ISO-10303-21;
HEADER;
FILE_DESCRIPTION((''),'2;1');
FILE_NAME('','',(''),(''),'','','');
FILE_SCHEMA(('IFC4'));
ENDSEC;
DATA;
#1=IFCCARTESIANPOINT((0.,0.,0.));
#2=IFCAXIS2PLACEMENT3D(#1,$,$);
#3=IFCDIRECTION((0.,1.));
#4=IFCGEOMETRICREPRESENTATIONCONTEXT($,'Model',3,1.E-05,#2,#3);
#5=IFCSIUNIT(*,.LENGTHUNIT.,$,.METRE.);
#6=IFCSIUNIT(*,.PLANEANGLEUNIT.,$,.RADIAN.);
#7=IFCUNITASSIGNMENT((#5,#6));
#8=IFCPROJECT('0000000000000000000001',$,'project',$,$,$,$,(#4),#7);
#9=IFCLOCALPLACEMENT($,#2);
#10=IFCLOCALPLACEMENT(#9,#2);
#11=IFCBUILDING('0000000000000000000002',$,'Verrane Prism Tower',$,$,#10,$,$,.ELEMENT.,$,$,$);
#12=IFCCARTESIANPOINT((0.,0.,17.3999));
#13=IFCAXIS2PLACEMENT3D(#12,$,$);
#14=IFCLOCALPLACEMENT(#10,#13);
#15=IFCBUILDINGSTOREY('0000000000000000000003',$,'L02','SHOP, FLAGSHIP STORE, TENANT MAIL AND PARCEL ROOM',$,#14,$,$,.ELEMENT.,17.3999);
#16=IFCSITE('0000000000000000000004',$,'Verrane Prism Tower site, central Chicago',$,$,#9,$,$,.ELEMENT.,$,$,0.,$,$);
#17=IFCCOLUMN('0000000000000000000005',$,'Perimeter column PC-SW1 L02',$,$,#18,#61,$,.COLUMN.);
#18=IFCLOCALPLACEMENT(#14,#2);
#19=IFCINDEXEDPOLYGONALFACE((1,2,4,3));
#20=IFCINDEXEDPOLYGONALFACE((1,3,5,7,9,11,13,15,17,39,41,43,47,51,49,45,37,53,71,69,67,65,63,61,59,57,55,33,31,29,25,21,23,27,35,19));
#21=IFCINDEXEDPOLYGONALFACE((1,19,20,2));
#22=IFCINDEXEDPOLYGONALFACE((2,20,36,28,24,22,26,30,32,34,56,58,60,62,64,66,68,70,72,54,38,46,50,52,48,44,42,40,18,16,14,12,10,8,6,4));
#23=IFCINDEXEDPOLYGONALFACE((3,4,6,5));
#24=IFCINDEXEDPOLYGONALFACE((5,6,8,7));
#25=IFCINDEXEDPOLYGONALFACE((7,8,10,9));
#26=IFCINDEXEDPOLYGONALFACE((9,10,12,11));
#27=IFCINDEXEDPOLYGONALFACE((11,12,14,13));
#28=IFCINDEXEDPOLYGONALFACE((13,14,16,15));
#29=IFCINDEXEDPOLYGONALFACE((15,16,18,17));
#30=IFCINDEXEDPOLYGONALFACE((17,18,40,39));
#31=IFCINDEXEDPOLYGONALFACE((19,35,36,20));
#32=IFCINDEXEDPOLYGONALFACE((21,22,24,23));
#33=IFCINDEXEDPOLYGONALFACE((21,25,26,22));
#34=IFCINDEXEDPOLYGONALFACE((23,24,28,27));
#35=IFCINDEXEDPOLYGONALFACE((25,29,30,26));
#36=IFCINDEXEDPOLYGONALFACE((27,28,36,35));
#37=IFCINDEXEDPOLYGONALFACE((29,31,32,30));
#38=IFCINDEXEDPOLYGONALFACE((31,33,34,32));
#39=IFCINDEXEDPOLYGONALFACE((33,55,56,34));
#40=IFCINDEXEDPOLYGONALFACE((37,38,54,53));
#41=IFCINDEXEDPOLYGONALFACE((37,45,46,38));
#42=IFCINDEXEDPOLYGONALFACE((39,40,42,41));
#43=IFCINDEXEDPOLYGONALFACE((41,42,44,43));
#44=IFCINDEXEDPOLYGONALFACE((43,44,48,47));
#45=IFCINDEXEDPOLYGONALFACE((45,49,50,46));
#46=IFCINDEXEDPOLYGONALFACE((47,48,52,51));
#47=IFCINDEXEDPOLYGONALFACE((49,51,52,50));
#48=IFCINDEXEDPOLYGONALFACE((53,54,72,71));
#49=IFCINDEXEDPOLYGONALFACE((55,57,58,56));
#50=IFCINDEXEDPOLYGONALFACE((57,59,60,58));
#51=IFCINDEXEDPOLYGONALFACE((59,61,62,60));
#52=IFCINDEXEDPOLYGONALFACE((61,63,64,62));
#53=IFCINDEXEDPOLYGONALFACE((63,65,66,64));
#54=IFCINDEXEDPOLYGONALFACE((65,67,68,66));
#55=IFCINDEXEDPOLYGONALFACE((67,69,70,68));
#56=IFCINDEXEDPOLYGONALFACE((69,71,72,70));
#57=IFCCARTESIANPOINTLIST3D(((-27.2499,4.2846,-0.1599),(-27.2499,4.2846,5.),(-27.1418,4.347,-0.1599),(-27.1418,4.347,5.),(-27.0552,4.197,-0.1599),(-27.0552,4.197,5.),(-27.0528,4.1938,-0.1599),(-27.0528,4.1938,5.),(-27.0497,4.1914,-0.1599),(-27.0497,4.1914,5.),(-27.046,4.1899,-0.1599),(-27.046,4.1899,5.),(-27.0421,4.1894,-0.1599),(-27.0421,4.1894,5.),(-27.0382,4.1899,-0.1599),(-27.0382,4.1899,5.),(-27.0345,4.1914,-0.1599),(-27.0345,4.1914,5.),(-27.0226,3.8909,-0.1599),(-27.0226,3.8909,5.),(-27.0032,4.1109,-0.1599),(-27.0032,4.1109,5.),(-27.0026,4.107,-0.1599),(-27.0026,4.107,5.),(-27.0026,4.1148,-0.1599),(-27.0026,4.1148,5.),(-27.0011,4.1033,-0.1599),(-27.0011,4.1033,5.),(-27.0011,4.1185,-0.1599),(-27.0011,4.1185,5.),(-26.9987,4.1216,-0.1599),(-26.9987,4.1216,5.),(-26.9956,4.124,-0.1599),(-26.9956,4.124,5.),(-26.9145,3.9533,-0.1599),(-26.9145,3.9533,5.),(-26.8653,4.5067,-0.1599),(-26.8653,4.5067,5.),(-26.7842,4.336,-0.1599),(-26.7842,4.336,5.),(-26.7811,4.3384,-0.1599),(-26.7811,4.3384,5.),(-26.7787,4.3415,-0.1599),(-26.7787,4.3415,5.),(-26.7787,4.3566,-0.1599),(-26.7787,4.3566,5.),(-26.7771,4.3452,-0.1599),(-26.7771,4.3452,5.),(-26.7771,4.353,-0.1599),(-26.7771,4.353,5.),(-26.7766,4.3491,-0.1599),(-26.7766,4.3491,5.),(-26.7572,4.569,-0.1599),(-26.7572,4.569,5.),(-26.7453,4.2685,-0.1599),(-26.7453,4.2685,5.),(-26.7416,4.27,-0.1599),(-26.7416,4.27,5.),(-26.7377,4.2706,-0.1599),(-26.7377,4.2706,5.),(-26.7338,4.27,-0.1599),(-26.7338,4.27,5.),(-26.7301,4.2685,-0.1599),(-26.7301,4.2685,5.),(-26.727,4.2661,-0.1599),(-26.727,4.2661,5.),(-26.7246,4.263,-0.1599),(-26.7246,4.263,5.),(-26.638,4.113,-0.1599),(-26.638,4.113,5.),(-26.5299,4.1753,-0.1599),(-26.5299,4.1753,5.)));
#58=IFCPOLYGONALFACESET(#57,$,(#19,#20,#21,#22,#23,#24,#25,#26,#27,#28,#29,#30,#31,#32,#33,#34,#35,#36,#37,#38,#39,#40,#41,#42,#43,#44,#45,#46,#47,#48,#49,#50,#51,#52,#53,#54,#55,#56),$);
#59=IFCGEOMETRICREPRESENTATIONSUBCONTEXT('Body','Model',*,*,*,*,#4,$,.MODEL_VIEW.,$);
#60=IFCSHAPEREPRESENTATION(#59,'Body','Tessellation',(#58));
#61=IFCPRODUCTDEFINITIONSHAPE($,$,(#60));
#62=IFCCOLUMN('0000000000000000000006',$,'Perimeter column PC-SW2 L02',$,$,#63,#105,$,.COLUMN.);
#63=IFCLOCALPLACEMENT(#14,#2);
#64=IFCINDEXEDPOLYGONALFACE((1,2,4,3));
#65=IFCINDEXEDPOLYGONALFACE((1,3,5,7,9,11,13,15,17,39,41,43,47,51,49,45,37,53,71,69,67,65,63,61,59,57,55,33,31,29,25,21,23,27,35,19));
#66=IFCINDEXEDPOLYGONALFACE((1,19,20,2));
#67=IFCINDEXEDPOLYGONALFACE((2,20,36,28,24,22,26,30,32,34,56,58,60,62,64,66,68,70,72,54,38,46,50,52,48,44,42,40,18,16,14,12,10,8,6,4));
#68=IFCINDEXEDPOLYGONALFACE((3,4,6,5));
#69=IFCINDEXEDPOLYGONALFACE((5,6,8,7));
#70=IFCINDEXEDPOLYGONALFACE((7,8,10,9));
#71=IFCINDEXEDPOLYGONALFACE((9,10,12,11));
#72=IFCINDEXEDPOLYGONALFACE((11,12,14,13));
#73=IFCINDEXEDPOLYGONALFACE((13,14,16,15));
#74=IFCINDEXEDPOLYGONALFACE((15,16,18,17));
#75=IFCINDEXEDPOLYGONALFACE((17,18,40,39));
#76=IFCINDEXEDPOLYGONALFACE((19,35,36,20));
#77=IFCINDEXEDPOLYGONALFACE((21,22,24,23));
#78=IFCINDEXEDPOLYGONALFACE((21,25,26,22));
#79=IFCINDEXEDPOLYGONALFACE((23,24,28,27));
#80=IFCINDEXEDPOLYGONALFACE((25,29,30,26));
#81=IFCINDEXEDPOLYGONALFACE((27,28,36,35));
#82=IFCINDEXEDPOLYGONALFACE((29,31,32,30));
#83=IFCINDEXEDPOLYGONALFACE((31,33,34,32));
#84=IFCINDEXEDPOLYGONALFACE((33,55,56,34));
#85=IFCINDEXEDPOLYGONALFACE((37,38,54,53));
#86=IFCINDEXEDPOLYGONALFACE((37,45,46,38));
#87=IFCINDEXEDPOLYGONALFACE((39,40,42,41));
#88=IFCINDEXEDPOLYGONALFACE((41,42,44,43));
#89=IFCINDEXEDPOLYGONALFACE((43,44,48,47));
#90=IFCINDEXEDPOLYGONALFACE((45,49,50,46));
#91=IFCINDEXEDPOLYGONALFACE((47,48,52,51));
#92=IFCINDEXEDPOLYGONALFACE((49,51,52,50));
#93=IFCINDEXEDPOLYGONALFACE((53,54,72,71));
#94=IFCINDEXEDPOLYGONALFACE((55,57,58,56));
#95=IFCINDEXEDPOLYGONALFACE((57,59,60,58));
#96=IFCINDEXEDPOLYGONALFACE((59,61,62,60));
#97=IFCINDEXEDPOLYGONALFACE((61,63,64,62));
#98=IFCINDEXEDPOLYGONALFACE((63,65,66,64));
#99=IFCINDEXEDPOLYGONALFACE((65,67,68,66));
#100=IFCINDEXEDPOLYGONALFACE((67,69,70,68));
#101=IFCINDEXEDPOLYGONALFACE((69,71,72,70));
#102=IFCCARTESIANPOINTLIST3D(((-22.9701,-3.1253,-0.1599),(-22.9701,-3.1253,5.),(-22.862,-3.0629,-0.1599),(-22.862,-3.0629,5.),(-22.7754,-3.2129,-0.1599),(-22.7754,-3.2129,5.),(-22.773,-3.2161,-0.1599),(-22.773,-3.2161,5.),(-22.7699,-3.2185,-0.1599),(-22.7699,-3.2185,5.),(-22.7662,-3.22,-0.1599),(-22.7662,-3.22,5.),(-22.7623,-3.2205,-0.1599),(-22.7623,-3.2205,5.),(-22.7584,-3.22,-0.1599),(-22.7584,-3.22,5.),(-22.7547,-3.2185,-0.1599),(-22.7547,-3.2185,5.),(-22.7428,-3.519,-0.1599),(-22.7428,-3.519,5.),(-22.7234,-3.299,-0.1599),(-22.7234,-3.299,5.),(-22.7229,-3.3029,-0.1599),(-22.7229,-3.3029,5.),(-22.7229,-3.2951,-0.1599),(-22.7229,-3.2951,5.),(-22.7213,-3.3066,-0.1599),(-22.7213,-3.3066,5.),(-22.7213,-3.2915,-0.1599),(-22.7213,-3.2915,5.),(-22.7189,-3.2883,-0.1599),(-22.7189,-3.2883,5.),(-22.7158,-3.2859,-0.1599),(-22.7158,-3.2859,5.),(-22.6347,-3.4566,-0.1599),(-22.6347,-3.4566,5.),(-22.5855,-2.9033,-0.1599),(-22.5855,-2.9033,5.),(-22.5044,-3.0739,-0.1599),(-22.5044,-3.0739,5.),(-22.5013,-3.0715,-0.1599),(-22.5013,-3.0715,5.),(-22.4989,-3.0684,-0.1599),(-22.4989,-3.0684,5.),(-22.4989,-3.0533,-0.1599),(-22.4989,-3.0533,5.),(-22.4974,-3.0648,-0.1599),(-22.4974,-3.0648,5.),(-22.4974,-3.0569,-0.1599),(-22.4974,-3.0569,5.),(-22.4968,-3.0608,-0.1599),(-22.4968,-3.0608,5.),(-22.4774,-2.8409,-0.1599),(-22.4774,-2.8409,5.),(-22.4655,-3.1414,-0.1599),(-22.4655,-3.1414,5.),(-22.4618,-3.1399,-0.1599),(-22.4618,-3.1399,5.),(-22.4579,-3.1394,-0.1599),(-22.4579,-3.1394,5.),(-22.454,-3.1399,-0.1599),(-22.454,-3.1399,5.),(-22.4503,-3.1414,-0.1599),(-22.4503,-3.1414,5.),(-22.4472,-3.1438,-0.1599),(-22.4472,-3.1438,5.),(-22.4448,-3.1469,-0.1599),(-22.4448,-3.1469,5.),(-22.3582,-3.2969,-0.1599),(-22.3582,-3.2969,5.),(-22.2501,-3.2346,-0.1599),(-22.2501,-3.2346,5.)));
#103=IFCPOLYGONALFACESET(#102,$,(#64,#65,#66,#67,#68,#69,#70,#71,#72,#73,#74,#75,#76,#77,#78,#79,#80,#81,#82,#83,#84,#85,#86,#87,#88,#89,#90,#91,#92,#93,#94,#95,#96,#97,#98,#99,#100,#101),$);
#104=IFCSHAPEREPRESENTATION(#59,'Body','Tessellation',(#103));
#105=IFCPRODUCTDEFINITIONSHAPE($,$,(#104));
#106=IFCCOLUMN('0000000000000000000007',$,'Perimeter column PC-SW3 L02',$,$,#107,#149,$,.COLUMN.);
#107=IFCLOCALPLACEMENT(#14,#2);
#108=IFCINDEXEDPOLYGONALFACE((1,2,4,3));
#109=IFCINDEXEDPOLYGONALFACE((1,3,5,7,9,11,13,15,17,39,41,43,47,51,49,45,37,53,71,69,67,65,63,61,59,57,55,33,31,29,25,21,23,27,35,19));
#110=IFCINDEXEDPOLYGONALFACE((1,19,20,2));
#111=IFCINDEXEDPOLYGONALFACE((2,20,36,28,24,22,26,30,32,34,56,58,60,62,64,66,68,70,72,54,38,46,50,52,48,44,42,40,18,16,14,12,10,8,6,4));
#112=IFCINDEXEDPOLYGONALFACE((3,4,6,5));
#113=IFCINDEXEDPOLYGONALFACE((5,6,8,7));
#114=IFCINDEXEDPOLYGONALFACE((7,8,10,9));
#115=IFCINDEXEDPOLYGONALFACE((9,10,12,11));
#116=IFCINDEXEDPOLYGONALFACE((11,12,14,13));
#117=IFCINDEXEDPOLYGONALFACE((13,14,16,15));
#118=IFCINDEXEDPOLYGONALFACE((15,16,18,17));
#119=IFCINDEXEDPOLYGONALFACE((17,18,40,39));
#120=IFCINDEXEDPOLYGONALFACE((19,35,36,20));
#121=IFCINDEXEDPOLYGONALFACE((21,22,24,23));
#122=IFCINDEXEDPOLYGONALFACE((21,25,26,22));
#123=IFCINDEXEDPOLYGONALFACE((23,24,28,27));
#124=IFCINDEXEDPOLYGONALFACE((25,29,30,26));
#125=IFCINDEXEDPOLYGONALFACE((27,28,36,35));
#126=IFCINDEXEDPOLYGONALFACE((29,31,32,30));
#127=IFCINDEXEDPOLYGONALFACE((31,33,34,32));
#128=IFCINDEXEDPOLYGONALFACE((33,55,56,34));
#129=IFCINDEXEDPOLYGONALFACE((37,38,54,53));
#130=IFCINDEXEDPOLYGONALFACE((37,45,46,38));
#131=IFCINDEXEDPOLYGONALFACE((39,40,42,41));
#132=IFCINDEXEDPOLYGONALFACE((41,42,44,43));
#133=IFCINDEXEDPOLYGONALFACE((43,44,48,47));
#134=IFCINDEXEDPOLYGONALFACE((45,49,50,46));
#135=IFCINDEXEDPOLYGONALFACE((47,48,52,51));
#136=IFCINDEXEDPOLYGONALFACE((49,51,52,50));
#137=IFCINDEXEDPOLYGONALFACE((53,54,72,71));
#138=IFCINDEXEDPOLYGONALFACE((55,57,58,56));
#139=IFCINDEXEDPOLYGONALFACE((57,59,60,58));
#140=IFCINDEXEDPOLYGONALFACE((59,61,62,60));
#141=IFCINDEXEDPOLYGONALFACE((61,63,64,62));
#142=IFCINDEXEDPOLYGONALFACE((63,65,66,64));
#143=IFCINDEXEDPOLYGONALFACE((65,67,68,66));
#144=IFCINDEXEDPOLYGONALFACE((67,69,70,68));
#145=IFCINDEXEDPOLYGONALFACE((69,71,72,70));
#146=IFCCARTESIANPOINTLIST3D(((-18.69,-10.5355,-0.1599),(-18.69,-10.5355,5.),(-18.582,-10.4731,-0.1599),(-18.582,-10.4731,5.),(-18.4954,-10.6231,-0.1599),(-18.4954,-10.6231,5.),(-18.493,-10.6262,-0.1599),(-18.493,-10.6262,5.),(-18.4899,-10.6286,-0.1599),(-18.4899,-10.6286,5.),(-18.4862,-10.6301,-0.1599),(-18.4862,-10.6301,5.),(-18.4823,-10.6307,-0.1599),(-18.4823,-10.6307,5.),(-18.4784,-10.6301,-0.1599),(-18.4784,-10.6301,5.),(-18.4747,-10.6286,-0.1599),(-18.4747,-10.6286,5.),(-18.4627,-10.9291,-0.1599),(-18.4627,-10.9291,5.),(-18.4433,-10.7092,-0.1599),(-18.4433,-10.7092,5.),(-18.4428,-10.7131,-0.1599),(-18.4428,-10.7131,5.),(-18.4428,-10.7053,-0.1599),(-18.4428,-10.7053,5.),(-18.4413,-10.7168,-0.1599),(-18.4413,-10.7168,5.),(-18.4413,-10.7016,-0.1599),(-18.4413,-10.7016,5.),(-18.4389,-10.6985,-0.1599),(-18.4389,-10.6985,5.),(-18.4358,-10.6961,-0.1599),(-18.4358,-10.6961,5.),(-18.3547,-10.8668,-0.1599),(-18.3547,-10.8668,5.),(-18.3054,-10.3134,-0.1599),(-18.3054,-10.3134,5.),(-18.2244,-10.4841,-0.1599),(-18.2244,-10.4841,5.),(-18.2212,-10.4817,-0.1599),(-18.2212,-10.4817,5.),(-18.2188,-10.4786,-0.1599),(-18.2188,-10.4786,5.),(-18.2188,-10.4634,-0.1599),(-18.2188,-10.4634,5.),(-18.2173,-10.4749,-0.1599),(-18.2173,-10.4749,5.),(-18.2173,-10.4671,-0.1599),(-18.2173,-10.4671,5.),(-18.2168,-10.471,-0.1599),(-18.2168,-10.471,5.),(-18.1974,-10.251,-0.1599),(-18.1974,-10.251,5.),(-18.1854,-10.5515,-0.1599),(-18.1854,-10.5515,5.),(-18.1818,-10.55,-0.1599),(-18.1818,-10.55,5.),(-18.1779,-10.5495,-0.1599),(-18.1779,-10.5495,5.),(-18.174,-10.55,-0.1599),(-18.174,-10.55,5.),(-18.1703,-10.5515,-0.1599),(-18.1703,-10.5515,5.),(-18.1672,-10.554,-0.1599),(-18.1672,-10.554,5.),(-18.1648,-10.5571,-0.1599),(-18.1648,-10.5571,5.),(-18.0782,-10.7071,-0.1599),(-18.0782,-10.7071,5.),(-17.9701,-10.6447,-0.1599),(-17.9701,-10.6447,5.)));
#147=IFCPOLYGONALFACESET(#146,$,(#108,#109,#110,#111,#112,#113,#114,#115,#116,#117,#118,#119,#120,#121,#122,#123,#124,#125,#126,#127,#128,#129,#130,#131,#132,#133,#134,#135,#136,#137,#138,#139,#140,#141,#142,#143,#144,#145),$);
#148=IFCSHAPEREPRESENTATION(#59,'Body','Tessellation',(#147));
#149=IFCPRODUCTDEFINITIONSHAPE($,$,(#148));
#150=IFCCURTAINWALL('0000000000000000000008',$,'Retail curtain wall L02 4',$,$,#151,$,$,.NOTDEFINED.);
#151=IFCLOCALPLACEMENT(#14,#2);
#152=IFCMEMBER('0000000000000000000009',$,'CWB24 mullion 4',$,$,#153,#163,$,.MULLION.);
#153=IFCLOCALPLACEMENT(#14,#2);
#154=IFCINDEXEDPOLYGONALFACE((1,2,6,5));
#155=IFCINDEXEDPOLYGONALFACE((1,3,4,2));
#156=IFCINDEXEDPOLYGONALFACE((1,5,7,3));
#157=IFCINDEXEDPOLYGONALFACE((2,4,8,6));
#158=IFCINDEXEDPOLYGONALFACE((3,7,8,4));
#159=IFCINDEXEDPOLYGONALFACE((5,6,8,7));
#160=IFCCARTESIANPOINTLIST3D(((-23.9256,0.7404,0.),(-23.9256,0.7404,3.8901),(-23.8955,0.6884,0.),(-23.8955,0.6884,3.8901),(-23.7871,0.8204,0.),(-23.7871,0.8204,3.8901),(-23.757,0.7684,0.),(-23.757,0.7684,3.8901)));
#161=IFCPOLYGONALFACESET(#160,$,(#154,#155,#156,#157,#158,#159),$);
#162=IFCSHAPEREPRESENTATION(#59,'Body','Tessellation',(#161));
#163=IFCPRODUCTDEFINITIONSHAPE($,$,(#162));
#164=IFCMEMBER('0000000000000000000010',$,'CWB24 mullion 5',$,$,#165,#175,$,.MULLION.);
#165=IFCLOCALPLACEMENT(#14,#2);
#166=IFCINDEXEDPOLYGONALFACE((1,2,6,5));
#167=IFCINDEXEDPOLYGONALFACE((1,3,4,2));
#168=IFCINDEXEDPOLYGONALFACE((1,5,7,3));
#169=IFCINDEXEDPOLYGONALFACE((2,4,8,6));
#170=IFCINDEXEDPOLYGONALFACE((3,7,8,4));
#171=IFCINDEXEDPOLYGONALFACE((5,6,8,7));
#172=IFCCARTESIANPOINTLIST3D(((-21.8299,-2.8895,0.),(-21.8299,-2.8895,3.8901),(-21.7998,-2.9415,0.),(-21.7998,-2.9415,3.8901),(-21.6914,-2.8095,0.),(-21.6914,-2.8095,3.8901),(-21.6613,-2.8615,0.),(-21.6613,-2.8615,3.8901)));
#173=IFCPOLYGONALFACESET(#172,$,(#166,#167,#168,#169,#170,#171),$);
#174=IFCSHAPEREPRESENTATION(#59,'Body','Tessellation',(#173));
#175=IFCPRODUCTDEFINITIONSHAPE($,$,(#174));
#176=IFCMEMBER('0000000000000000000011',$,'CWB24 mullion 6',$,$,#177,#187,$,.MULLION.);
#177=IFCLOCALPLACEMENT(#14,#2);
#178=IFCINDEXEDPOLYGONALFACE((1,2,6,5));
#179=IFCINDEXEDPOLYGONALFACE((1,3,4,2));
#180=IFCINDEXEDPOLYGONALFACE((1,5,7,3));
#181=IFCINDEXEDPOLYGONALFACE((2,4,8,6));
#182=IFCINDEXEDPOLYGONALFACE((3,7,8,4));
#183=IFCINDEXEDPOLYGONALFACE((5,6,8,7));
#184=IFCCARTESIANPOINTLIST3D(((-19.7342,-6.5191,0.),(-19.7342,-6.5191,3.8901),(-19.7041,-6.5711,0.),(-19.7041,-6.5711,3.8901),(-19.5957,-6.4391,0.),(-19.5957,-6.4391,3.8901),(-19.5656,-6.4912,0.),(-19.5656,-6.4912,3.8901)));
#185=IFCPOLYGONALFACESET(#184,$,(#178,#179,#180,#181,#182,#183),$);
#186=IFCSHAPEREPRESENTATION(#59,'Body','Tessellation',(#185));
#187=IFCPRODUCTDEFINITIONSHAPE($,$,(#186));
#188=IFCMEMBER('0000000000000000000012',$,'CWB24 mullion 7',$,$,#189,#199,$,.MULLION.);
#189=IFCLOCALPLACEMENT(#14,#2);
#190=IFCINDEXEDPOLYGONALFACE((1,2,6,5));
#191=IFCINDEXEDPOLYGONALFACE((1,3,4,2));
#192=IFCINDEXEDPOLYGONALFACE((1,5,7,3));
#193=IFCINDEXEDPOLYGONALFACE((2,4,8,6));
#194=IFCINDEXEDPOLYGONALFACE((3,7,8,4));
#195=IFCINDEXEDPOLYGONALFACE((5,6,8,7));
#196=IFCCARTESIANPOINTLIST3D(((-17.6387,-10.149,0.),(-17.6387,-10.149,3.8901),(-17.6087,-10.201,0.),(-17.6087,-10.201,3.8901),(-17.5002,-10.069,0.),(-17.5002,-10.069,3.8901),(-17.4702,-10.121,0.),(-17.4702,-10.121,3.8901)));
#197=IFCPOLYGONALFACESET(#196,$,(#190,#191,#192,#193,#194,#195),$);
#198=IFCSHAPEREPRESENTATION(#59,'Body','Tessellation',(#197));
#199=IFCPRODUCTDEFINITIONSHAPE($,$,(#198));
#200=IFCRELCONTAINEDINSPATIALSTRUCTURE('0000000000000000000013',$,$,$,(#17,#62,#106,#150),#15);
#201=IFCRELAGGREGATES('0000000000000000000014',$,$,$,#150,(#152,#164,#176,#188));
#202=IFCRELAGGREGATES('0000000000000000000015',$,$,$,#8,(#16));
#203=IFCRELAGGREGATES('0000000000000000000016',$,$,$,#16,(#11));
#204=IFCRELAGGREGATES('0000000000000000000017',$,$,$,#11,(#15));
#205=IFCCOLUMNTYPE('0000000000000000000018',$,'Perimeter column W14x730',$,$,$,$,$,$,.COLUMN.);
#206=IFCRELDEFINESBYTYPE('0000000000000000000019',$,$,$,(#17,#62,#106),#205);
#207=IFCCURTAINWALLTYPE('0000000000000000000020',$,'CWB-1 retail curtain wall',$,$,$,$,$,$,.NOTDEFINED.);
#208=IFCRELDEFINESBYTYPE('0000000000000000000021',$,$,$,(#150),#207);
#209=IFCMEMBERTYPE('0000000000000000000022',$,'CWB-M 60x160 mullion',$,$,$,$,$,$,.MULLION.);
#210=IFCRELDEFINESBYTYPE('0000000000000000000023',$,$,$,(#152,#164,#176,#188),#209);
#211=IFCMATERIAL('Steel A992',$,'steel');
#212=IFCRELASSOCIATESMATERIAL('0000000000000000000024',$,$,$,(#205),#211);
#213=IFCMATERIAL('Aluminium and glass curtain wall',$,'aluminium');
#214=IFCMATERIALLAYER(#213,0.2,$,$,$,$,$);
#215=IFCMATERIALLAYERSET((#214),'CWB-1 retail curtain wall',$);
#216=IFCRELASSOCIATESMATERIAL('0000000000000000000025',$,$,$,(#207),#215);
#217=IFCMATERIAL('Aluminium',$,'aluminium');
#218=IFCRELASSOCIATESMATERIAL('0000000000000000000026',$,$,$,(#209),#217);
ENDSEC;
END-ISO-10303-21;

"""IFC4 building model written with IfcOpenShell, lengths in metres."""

from ifc_helpers import new_model, si_unit, direction, frame, origin, origin_2d, place, context, subcontext, project, spatial, rectangle, i_section, extrude, material, layer, layer_set, material_profile, profile_set, type_object, element, aggregate, save


model = new_model("IFC4")

# Units and contexts
model_context = context("Model", 3, precision=1e-05, world=origin(), true_north=direction((0.0, 1.0)))
body_context = subcontext(model_context, "Body", "Model", "MODEL_VIEW")
ifc_project = project(units=[si_unit("LENGTHUNIT", "METRE"), si_unit("PLANEANGLEUNIT", "RADIAN")], contexts=[model_context])

# Site, building, storey
site_placement = place(None, origin())
site = spatial("IfcSite", under=ifc_project, at=site_placement, Name="Verrane Prism Tower site, central Chicago", CompositionType="ELEMENT", RefElevation=0.0)
building_placement = place(site_placement, origin())
building = spatial("IfcBuilding", under=site, at=building_placement, Name="Verrane Prism Tower", CompositionType="ELEMENT")
storey_placement = place(building_placement, frame((0.0, 0.0, 17.3999)))
storey = spatial("IfcBuildingStorey", under=building, at=storey_placement, Name="L02", Description="SHOP, FLAGSHIP STORE, TENANT MAIL AND PARCEL ROOM", CompositionType="ELEMENT", Elevation=17.3999)

# Columns
ifc_material_1 = material(Name="Steel A992", Category="steel")
ifc_material_profile_1 = material_profile(ifc_material_1, i_section(OverallWidth=0.4546, OverallDepth=0.5688, WebThickness=0.0779, FlangeThickness=0.1248, FilletRadius=0.0151, at=origin_2d()), Name="W14x730")
ifc_profile_set_1 = profile_set([ifc_material_profile_1], Name="Steel A992")
column_type = type_object("IfcColumnType", Name="Perimeter column W14x730", PredefinedType="COLUMN", material=ifc_profile_set_1)
for number, where, z_axis, x_axis, name in (
    (1, (-26.8899, 4.23, -0.1599), (0.0, 0.0, 1.0), (-0.5, 0.866025, 0.0), "Perimeter column PC-SW1 L02"),
    (2, (-22.6101, -3.1799, -0.1599), (0.0, 0.0, 1.0), (-0.5, 0.866025, 0.0), "Perimeter column PC-SW2 L02"),
    (3, (-18.3301, -10.5901, -0.1599), (0.0, 0.0, 1.0), (-0.5, 0.866025, 0.0), "Perimeter column PC-SW3 L02"),
):
    element("IfcColumn", number, at=place(storey_placement, frame(where, z_axis=z_axis, x_axis=x_axis)), inside=storey, type_object=column_type, Name=name, PredefinedType="COLUMN", context=body_context, shape_type="SweptSolid", body=[
        extrude(i_section(OverallWidth=0.4546, OverallDepth=0.5688, WebThickness=0.0779, FlangeThickness=0.1248, FilletRadius=0.0151, at=origin_2d()), origin(), (0.0, 0.0, 1.0), 5.1599),
    ])

# Curtain wall, members
ifc_material_2 = material(Name="Aluminium and glass curtain wall", Category="aluminium")
ifc_layer_1 = layer(ifc_material_2, 0.2)
ifc_layer_set_1 = layer_set([ifc_layer_1], Name="CWB-1 retail curtain wall")
curtain_wall_type = type_object("IfcCurtainWallType", Name="CWB-1 retail curtain wall", PredefinedType="NOTDEFINED", material=ifc_layer_set_1)
curtain_wall_placement = place(storey_placement, origin())
curtain_wall = element("IfcCurtainWall", 4, at=curtain_wall_placement, inside=storey, type_object=curtain_wall_type, Name="Retail curtain wall L02 4", PredefinedType="NOTDEFINED")
ifc_material_3 = material(Name="Aluminium", Category="aluminium")
ifc_material_profile_2 = material_profile(ifc_material_3, rectangle(XDim=0.1599, YDim=0.0601, at=origin_2d()), Name="CWB-M 60x160 mullion")
ifc_profile_set_2 = profile_set([ifc_material_profile_2], Name="Aluminium")
member_type_1 = type_object("IfcMemberType", Name="CWB-M 60x160 mullion", PredefinedType="MULLION", material=ifc_profile_set_2)
member_1_placement = place(storey_placement, frame((-23.8413, 0.7544, 0.0), z_axis=(0.0, 0.0, 1.0), x_axis=(0.866025, 0.5, 0.0)))
member_1 = element("IfcMember", 5, at=member_1_placement, type_object=member_type_1, Name="CWB24 mullion 4", PredefinedType="MULLION", context=body_context, shape_type="SweptSolid", body=[
    extrude(rectangle(XDim=0.1599, YDim=0.0601, at=origin_2d()), origin(), (0.0, 0.0, 1.0), 3.8901),
])
member_2_placement = place(storey_placement, frame((-21.7456, -2.8755, 0.0), z_axis=(0.0, 0.0, 1.0), x_axis=(0.866025, 0.5, 0.0)))
member_2 = element("IfcMember", 6, at=member_2_placement, type_object=member_type_1, Name="CWB24 mullion 5", PredefinedType="MULLION", context=body_context, shape_type="SweptSolid", body=[
    extrude(rectangle(XDim=0.1599, YDim=0.0601, at=origin_2d()), origin(), (0.0, 0.0, 1.0), 3.8901),
])
member_3_placement = place(storey_placement, frame((-19.6499, -6.5051, 0.0), z_axis=(0.0, 0.0, 1.0), x_axis=(0.866025, 0.5, 0.0)))
member_3 = element("IfcMember", 7, at=member_3_placement, type_object=member_type_1, Name="CWB24 mullion 6", PredefinedType="MULLION", context=body_context, shape_type="SweptSolid", body=[
    extrude(rectangle(XDim=0.1599, YDim=0.0601, at=origin_2d()), origin(), (0.0, 0.0, 1.0), 3.8901),
])
member_4_placement = place(storey_placement, frame((-17.5544, -10.135, 0.0), z_axis=(0.0, 0.0, 1.0), x_axis=(0.866025, 0.5, 0.0)))
member_4 = element("IfcMember", 8, at=member_4_placement, type_object=member_type_1, Name="CWB24 mullion 7", PredefinedType="MULLION", context=body_context, shape_type="SweptSolid", body=[
    extrude(rectangle(XDim=0.1599, YDim=0.0601, at=origin_2d()), origin(), (0.0, 0.0, 1.0), 3.8901),
])

aggregate(curtain_wall, [member_1, member_2, member_3, member_4])

save(model, "model.ifc")
